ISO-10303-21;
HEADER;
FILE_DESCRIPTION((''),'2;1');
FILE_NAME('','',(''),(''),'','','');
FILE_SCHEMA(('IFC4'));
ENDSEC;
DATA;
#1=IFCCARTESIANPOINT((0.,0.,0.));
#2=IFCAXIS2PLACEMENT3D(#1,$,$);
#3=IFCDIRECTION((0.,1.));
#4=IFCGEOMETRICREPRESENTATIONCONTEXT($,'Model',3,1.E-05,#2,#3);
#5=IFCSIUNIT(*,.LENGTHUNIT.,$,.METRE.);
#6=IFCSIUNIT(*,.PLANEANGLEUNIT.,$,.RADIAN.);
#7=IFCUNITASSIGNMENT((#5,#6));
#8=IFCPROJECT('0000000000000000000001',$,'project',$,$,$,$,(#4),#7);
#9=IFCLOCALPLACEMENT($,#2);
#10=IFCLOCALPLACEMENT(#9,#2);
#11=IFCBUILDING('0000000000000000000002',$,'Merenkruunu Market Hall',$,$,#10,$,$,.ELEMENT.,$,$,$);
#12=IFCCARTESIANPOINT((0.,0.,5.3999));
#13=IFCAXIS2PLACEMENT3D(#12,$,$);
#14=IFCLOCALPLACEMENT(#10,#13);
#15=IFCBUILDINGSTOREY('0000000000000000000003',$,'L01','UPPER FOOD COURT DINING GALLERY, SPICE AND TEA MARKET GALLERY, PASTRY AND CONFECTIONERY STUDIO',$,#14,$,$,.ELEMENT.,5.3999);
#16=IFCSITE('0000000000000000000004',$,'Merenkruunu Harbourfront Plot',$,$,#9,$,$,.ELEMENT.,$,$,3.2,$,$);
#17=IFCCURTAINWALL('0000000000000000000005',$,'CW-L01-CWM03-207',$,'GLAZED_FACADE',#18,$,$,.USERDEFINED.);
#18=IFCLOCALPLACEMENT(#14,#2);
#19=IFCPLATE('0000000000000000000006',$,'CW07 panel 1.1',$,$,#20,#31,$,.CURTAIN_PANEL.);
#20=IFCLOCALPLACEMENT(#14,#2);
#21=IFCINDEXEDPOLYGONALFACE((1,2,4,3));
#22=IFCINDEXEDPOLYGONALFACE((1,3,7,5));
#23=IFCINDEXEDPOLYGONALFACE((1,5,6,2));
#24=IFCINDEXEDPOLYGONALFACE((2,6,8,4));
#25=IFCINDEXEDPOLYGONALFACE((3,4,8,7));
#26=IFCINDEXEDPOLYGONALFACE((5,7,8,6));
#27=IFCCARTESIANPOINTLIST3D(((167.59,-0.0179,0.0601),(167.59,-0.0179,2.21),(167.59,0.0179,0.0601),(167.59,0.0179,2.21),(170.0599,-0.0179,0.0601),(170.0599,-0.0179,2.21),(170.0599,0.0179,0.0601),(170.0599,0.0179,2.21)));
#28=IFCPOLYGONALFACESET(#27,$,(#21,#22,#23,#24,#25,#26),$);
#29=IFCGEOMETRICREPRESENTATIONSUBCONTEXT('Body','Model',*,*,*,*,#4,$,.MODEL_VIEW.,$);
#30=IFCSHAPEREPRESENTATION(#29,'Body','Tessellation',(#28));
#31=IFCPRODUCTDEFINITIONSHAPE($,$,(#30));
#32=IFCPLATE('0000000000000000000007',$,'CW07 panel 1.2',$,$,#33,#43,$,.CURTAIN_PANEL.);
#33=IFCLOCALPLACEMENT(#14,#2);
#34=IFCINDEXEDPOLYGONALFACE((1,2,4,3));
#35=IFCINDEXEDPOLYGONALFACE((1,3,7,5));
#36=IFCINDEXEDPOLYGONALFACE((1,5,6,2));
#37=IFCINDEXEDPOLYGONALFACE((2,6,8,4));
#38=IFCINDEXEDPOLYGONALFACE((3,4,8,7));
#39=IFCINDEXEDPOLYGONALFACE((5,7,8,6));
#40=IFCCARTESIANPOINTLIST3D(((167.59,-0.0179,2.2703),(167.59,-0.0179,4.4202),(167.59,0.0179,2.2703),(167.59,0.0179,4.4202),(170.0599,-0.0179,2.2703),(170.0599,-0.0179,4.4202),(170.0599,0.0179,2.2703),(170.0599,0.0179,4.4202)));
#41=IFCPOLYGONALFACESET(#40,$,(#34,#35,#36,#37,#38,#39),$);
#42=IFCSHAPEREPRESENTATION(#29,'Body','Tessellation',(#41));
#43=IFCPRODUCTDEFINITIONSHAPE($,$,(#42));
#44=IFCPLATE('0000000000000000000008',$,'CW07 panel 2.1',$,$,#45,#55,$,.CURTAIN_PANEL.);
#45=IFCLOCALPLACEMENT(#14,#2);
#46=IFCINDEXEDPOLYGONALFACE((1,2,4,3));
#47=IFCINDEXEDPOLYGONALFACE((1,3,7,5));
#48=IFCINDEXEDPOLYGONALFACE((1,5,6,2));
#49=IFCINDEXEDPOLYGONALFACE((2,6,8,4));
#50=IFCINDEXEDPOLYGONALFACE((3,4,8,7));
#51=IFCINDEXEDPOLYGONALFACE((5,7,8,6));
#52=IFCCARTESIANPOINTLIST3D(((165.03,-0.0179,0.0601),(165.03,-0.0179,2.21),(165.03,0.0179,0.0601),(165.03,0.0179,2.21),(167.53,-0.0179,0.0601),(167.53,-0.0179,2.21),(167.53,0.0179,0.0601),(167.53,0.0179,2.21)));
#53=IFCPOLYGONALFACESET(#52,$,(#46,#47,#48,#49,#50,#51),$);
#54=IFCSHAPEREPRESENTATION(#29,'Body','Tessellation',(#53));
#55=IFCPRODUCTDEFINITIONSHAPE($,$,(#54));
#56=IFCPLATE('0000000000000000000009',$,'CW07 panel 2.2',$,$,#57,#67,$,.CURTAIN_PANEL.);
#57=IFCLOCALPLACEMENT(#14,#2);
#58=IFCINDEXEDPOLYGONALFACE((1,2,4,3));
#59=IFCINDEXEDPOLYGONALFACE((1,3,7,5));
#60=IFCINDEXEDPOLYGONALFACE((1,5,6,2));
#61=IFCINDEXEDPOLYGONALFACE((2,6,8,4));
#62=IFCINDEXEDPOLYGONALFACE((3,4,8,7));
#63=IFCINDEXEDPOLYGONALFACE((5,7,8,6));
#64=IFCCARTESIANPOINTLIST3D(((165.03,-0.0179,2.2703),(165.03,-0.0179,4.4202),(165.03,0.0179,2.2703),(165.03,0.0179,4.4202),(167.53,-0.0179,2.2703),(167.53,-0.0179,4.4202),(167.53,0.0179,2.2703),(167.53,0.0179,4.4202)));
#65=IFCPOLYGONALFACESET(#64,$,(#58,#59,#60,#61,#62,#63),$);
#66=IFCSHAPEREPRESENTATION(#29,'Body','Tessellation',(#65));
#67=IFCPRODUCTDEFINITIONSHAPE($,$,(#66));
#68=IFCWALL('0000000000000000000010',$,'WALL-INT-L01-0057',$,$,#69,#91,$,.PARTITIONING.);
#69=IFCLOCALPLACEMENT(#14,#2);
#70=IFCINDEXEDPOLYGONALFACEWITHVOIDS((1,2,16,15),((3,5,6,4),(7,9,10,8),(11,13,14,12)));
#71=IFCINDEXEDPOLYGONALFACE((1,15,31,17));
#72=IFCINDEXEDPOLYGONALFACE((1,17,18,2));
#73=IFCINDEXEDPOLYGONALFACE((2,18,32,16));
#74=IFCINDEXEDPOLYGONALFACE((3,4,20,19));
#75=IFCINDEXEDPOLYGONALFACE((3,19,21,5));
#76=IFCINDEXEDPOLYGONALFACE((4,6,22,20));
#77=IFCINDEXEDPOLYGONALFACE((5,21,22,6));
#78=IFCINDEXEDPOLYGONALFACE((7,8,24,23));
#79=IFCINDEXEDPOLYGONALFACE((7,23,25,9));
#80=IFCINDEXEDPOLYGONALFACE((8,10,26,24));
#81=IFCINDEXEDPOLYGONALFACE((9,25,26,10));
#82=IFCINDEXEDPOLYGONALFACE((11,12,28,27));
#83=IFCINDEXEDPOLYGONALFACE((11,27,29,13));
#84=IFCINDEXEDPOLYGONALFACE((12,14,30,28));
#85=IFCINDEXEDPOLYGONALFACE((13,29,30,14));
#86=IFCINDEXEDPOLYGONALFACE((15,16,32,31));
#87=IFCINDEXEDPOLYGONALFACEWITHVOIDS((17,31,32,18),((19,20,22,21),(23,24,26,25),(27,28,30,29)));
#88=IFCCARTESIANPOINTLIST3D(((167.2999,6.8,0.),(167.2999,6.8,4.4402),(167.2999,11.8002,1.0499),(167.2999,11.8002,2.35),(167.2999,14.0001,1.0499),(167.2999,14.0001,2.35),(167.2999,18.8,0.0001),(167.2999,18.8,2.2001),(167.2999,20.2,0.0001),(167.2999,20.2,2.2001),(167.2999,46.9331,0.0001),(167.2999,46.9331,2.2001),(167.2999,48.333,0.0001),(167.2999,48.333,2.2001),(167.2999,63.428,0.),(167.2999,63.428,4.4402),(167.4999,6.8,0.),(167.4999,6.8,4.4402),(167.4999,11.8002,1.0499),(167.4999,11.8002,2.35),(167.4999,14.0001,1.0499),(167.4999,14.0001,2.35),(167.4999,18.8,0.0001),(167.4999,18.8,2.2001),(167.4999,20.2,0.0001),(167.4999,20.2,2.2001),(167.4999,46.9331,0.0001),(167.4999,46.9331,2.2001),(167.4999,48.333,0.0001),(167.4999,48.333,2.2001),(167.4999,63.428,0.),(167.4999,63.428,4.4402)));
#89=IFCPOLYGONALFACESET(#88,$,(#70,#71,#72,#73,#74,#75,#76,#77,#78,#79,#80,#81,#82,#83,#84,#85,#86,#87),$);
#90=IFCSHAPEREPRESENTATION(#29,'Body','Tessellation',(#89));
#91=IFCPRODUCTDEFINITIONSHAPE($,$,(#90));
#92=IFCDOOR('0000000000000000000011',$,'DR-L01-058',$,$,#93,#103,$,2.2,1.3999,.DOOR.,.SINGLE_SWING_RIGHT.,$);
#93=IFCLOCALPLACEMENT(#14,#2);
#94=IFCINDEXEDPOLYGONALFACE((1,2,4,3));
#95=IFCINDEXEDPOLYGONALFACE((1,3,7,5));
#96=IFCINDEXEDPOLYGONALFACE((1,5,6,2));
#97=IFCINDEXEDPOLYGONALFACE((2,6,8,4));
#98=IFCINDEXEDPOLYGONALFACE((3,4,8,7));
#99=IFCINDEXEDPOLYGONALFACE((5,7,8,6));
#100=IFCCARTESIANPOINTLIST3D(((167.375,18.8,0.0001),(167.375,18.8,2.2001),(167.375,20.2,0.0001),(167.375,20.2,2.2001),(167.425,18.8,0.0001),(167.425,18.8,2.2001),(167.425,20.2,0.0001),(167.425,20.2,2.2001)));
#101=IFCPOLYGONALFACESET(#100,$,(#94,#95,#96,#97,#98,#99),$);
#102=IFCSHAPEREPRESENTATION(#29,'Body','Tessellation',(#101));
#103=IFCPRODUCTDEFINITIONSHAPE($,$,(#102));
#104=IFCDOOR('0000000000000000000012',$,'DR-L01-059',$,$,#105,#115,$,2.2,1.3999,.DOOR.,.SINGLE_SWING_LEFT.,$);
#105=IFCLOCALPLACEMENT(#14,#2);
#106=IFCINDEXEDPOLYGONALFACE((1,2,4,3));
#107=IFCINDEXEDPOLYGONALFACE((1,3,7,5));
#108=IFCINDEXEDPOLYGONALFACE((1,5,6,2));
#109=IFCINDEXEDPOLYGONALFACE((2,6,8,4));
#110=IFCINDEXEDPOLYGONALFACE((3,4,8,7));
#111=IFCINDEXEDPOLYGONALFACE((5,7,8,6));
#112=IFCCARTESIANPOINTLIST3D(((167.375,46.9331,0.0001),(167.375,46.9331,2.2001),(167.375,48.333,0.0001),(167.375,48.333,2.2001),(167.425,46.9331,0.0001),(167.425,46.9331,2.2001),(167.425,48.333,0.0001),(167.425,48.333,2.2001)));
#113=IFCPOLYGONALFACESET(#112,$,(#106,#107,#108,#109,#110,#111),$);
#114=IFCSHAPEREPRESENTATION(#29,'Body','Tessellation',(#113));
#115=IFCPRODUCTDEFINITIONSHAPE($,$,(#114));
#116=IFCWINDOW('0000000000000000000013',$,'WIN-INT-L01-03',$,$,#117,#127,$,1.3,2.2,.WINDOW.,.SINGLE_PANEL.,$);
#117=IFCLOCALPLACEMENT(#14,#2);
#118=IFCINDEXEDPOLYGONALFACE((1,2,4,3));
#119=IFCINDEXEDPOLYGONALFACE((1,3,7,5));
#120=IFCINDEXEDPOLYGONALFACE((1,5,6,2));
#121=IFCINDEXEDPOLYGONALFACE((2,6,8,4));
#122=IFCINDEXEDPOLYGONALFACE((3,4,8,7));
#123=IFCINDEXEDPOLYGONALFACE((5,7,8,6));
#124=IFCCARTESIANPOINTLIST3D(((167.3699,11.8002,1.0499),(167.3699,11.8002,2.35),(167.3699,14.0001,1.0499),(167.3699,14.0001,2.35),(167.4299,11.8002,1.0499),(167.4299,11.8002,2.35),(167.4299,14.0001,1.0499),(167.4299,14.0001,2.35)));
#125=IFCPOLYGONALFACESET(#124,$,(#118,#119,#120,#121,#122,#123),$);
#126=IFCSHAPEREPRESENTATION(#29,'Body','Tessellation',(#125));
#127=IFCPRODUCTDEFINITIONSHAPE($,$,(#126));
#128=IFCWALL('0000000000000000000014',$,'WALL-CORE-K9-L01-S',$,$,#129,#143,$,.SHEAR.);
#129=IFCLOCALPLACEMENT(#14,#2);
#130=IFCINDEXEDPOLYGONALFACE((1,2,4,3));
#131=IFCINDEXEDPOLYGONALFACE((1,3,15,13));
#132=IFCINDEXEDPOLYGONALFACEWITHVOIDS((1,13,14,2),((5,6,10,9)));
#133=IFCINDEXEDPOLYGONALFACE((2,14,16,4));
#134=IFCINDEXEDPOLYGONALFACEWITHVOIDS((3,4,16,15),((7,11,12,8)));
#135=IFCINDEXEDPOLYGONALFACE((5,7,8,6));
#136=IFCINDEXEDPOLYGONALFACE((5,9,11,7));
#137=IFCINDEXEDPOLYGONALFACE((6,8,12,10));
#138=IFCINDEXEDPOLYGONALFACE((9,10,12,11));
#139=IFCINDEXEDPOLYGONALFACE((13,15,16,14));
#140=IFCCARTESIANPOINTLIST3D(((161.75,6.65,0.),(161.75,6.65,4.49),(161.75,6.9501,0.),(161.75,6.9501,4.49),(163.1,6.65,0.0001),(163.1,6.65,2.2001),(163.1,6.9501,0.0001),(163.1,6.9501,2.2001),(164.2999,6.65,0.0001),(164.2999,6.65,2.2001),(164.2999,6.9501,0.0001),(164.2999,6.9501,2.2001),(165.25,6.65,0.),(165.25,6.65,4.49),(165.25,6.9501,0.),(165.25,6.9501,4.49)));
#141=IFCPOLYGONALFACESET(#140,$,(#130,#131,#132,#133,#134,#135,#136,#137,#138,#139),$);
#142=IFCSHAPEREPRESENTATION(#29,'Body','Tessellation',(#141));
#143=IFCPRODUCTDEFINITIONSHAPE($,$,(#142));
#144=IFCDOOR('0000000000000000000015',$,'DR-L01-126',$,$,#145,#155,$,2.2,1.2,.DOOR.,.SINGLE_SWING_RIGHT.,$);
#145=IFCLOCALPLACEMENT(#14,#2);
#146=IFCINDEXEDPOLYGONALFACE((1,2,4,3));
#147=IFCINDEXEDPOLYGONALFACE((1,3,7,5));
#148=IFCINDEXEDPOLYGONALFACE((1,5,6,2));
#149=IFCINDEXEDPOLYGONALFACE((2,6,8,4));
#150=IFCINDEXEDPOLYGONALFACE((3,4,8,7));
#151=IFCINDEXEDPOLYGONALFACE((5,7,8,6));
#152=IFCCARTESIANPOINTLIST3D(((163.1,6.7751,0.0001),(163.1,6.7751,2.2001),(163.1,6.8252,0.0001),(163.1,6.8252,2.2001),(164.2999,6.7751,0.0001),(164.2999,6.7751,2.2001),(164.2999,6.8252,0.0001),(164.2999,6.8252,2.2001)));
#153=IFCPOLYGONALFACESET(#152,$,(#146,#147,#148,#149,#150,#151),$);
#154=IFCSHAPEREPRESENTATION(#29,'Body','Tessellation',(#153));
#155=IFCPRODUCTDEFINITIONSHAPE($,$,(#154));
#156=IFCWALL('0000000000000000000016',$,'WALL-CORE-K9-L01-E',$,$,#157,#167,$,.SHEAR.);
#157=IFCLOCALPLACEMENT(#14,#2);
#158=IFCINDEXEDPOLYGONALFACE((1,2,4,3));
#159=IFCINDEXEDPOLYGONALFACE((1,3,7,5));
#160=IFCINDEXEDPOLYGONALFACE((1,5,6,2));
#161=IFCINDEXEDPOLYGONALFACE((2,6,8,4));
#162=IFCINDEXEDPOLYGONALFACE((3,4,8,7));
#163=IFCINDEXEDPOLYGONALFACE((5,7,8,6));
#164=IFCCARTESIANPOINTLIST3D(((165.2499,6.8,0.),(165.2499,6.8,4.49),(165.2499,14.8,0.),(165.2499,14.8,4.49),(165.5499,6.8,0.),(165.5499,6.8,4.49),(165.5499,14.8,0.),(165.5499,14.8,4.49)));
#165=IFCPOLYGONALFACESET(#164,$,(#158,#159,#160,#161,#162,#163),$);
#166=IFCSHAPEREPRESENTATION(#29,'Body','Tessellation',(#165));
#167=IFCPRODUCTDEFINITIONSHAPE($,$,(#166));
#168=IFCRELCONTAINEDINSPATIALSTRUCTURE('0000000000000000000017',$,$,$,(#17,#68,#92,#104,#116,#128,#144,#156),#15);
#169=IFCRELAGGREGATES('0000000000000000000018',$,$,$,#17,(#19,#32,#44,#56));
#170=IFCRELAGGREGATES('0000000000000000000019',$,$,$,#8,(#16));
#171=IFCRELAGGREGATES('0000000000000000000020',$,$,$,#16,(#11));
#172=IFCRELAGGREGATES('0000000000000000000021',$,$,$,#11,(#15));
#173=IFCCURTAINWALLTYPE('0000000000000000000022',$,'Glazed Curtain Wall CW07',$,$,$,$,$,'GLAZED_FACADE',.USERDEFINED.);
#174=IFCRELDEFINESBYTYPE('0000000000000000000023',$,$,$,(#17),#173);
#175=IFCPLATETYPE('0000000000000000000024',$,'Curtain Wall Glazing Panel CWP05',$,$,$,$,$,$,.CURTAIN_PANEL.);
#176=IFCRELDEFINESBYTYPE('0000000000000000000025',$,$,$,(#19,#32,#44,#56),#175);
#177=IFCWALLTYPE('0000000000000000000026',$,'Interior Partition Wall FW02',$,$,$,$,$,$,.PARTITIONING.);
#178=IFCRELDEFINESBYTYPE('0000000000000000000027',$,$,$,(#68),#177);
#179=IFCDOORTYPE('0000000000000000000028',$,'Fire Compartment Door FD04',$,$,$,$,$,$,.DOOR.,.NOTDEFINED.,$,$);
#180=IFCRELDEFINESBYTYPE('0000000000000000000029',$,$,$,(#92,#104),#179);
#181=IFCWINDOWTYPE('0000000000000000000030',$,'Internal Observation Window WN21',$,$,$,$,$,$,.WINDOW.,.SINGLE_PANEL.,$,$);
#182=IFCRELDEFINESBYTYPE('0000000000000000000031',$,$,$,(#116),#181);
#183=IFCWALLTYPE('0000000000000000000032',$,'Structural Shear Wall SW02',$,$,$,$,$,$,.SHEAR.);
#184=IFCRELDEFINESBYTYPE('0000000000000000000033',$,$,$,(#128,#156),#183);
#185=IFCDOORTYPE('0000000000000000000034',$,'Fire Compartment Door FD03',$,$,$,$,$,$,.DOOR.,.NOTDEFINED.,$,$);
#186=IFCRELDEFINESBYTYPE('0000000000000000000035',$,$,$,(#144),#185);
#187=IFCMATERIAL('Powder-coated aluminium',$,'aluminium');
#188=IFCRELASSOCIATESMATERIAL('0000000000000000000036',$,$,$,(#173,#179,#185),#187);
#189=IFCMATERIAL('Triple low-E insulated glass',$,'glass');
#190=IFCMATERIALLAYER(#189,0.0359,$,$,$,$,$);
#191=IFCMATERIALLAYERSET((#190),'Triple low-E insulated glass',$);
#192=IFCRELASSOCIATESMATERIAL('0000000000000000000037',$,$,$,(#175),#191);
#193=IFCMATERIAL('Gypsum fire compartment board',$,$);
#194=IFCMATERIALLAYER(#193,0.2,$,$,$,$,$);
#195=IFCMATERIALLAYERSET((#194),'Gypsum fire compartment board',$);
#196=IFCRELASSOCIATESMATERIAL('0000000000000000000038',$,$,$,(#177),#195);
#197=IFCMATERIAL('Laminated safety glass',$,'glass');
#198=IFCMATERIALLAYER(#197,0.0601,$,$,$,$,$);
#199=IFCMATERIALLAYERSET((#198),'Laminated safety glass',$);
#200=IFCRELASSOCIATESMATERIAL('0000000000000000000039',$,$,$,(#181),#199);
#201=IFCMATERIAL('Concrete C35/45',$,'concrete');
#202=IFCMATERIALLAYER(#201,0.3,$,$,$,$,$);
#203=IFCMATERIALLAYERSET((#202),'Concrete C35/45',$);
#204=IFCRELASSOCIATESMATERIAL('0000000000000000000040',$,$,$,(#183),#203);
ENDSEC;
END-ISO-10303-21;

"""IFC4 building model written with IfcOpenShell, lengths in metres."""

from ifc_helpers import new_model, si_unit, direction, frame, frame_2d, origin, origin_2d, place, context, subcontext, project, spatial, rectangle, extrude, material, layer, layer_set, type_object, element, fill, aggregate, save


model = new_model("IFC4")

# Units and contexts
model_context = context("Model", 3, precision=1e-05, world=origin(), true_north=direction((0.0, 1.0)))
body_context = subcontext(model_context, "Body", "Model", "MODEL_VIEW")
ifc_project = project(units=[si_unit("LENGTHUNIT", "METRE"), si_unit("PLANEANGLEUNIT", "RADIAN")], contexts=[model_context])

# Site, building, storey
site_placement = place(None, origin())
site = spatial("IfcSite", under=ifc_project, at=site_placement, Name="Merenkruunu Harbourfront Plot", CompositionType="ELEMENT", RefElevation=3.2)
building_placement = place(site_placement, origin())
building = spatial("IfcBuilding", under=site, at=building_placement, Name="Merenkruunu Market Hall", CompositionType="ELEMENT")
storey_placement = place(building_placement, frame((0.0, 0.0, 5.3999)))
storey = spatial("IfcBuildingStorey", under=building, at=storey_placement, Name="L01", Description="UPPER FOOD COURT DINING GALLERY, SPICE AND TEA MARKET GALLERY, PASTRY AND CONFECTIONERY STUDIO", CompositionType="ELEMENT", Elevation=5.3999)

# Curtain wall, plates
ifc_material_1 = material(Name="Powder-coated aluminium", Category="aluminium")
curtain_wall_type = type_object("IfcCurtainWallType", Name="Glazed Curtain Wall CW07", ElementType="GLAZED_FACADE", PredefinedType="USERDEFINED", material=ifc_material_1)
curtain_wall_placement = place(storey_placement, origin())
curtain_wall = element("IfcCurtainWall", 1, at=curtain_wall_placement, inside=storey, type_object=curtain_wall_type, Name="CW-L01-CWM03-207", ObjectType="GLAZED_FACADE", PredefinedType="USERDEFINED")
ifc_material_2 = material(Name="Triple low-E insulated glass", Category="glass")
ifc_layer_1 = layer(ifc_material_2, 0.0359)
ifc_layer_set_1 = layer_set([ifc_layer_1], Name="Triple low-E insulated glass")
plate_type = type_object("IfcPlateType", Name="Curtain Wall Glazing Panel CWP05", PredefinedType="CURTAIN_PANEL", material=ifc_layer_set_1)
plate_1_placement = place(storey_placement, frame((168.825, 0.0, 0.0601), z_axis=(0.0, 0.0, 1.0), x_axis=(-1.0, 0.0, 0.0)))
plate_1 = element("IfcPlate", 2, at=plate_1_placement, type_object=plate_type, Name="CW07 panel 1.1", PredefinedType="CURTAIN_PANEL", context=body_context, shape_type="SweptSolid", body=[
    extrude(rectangle(XDim=2.47, YDim=0.0359, at=origin_2d()), origin(), (0.0, 0.0, 1.0), 2.1499),
])
plate_2_placement = place(storey_placement, frame((168.825, 0.0, 2.2703), z_axis=(0.0, 0.0, 1.0), x_axis=(-1.0, 0.0, 0.0)))
plate_2 = element("IfcPlate", 3, at=plate_2_placement, type_object=plate_type, Name="CW07 panel 1.2", PredefinedType="CURTAIN_PANEL", context=body_context, shape_type="SweptSolid", body=[
    extrude(rectangle(XDim=2.47, YDim=0.0359, at=origin_2d()), origin(), (0.0, 0.0, 1.0), 2.1499),
])
plate_3_placement = place(storey_placement, frame((166.28, 0.0, 0.0601), z_axis=(0.0, 0.0, 1.0), x_axis=(-1.0, 0.0, 0.0)))
plate_3 = element("IfcPlate", 4, at=plate_3_placement, type_object=plate_type, Name="CW07 panel 2.1", PredefinedType="CURTAIN_PANEL", context=body_context, shape_type="SweptSolid", body=[
    extrude(rectangle(XDim=2.5, YDim=0.0359, at=origin_2d()), origin(), (0.0, 0.0, 1.0), 2.1499),
])
plate_4_placement = place(storey_placement, frame((166.28, 0.0, 2.2703), z_axis=(0.0, 0.0, 1.0), x_axis=(-1.0, 0.0, 0.0)))
plate_4 = element("IfcPlate", 5, at=plate_4_placement, type_object=plate_type, Name="CW07 panel 2.2", PredefinedType="CURTAIN_PANEL", context=body_context, shape_type="SweptSolid", body=[
    extrude(rectangle(XDim=2.5, YDim=0.0359, at=origin_2d()), origin(), (0.0, 0.0, 1.0), 2.1499),
])
aggregate(curtain_wall, [plate_1, plate_2, plate_3, plate_4])

# Wall, openings, doors, window
ifc_material_3 = material(Name="Gypsum fire compartment board")
ifc_layer_2 = layer(ifc_material_3, 0.2)
ifc_layer_set_2 = layer_set([ifc_layer_2], Name="Gypsum fire compartment board")
wall_type_1 = type_object("IfcWallType", Name="Interior Partition Wall FW02", PredefinedType="PARTITIONING", material=ifc_layer_set_2)
wall_1_placement = place(storey_placement, frame((167.3999, 6.8, 0.0), z_axis=(0.0, 0.0, 1.0), x_axis=(0.0, 1.0, 0.0)))
wall_1 = element("IfcWall", 6, at=wall_1_placement, inside=storey, type_object=wall_type_1, Name="WALL-INT-L01-0057", PredefinedType="PARTITIONING", context=body_context, shape_type="SweptSolid", body=[
    extrude(rectangle(XDim=56.6279, YDim=0.2, at=frame_2d((28.314, 0.0))), origin(), (0.0, 0.0, 1.0), 4.4402),
])
opening_1_placement = place(wall_1_placement, frame((12.0, 0.0, 0.0)))
opening_1 = element("IfcOpeningElement", 7, at=opening_1_placement, cuts=wall_1, PredefinedType="OPENING", context=body_context, shape_type="SweptSolid", body=[
    extrude(rectangle(XDim=1.3999, YDim=2.2, at=frame_2d((0.7, 1.1001))), frame((0.0, 0.1099, 0.0), z_axis=(0.0, -1.0, 0.0), x_axis=(1.0, 0.0, 0.0)), (0.0, 0.0, 1.0), 0.22),
])
opening_2_placement = place(wall_1_placement, frame((40.1331, 0.0, 0.0)))
opening_2 = element("IfcOpeningElement", 8, at=opening_2_placement, cuts=wall_1, PredefinedType="OPENING", context=body_context, shape_type="SweptSolid", body=[
    extrude(rectangle(XDim=1.3999, YDim=2.2, at=frame_2d((0.7, 1.1001))), frame((0.0, 0.1099, 0.0), z_axis=(0.0, -1.0, 0.0), x_axis=(1.0, 0.0, 0.0)), (0.0, 0.0, 1.0), 0.22),
])
opening_3_placement = place(wall_1_placement, frame((5.0, 0.0, 1.05)))
opening_3 = element("IfcOpeningElement", 9, at=opening_3_placement, cuts=wall_1, PredefinedType="OPENING", context=body_context, shape_type="SweptSolid", body=[
    extrude(rectangle(XDim=2.2, YDim=1.3, at=frame_2d((1.1001, 0.6499))), frame((0.0, 0.1099, 0.0), z_axis=(0.0, -1.0, 0.0), x_axis=(1.0, 0.0, 0.0)), (0.0, 0.0, 1.0), 0.22),
])
door_type_1 = type_object("IfcDoorType", Name="Fire Compartment Door FD04", OperationType="NOTDEFINED", PredefinedType="DOOR", material=ifc_material_1)
door_1_placement = place(opening_1_placement, origin())
door_1 = element("IfcDoor", 10, at=door_1_placement, inside=storey, type_object=door_type_1, Name="DR-L01-058", OperationType="SINGLE_SWING_RIGHT", OverallHeight=2.2, OverallWidth=1.3999, PredefinedType="DOOR", context=body_context, shape_type="SweptSolid", body=[
    extrude(rectangle(XDim=1.3999, YDim=2.2, at=frame_2d((0.7, 1.1001))), frame((0.0, 0.0249, 0.0), z_axis=(0.0, -1.0, 0.0), x_axis=(1.0, 0.0, 0.0)), (0.0, 0.0, 1.0), 0.05),
])
fill(opening_1, door_1)
door_2_placement = place(opening_2_placement, origin())
door_2 = element("IfcDoor", 11, at=door_2_placement, inside=storey, type_object=door_type_1, Name="DR-L01-059", OperationType="SINGLE_SWING_LEFT", OverallHeight=2.2, OverallWidth=1.3999, PredefinedType="DOOR", context=body_context, shape_type="SweptSolid", body=[
    extrude(rectangle(XDim=1.3999, YDim=2.2, at=frame_2d((0.7, 1.1001))), frame((0.0, 0.0249, 0.0), z_axis=(0.0, -1.0, 0.0), x_axis=(1.0, 0.0, 0.0)), (0.0, 0.0, 1.0), 0.05),
])
fill(opening_2, door_2)
ifc_material_4 = material(Name="Laminated safety glass", Category="glass")
ifc_layer_3 = layer(ifc_material_4, 0.0601)
ifc_layer_set_3 = layer_set([ifc_layer_3], Name="Laminated safety glass")
window_type = type_object("IfcWindowType", Name="Internal Observation Window WN21", PartitioningType="SINGLE_PANEL", PredefinedType="WINDOW", material=ifc_layer_set_3)
window_placement = place(opening_3_placement, origin())
window = element("IfcWindow", 12, at=window_placement, inside=storey, type_object=window_type, Name="WIN-INT-L01-03", OverallHeight=1.3, OverallWidth=2.2, PartitioningType="SINGLE_PANEL", PredefinedType="WINDOW", context=body_context, shape_type="SweptSolid", body=[
    extrude(rectangle(XDim=2.2, YDim=1.3, at=frame_2d((1.1001, 0.6499))), frame((0.0, 0.03, 0.0), z_axis=(0.0, -1.0, 0.0), x_axis=(1.0, 0.0, 0.0)), (0.0, 0.0, 1.0), 0.0601),
])
fill(opening_3, window)

# Wall, opening, door
ifc_material_5 = material(Name="Concrete C35/45", Category="concrete")
ifc_layer_4 = layer(ifc_material_5, 0.3)
ifc_layer_set_4 = layer_set([ifc_layer_4], Name="Concrete C35/45")
wall_type_2 = type_object("IfcWallType", Name="Structural Shear Wall SW02", PredefinedType="SHEAR", material=ifc_layer_set_4)
wall_2_placement = place(storey_placement, frame((165.25, 6.8, 0.0), z_axis=(0.0, 0.0, 1.0), x_axis=(-1.0, 0.0, 0.0)))
wall_2 = element("IfcWall", 13, at=wall_2_placement, inside=storey, type_object=wall_type_2, Name="WALL-CORE-K9-L01-S", PredefinedType="SHEAR", context=body_context, shape_type="SweptSolid", body=[
    extrude(rectangle(XDim=3.5, YDim=0.3, at=frame_2d((1.75, 0.0))), origin(), (0.0, 0.0, 1.0), 4.49),
])
opening_4_placement = place(wall_2_placement, frame((0.95, 0.0, 0.0)))
opening_4 = element("IfcOpeningElement", 14, at=opening_4_placement, cuts=wall_2, PredefinedType="OPENING", context=body_context, shape_type="SweptSolid", body=[
    extrude(rectangle(XDim=1.2, YDim=2.2, at=frame_2d((0.6001, 1.1001))), frame((0.0, 0.1602, 0.0), z_axis=(0.0, -1.0, 0.0), x_axis=(1.0, 0.0, 0.0)), (0.0, 0.0, 1.0), 0.3201),
])
door_type_2 = type_object("IfcDoorType", Name="Fire Compartment Door FD03", OperationType="NOTDEFINED", PredefinedType="DOOR", material=ifc_material_1)
door_3_placement = place(opening_4_placement, origin())
door_3 = element("IfcDoor", 15, at=door_3_placement, inside=storey, type_object=door_type_2, Name="DR-L01-126", OperationType="SINGLE_SWING_RIGHT", OverallHeight=2.2, OverallWidth=1.2, PredefinedType="DOOR", context=body_context, shape_type="SweptSolid", body=[
    extrude(rectangle(XDim=1.2, YDim=2.2, at=frame_2d((0.6001, 1.1001))), frame((0.0, 0.0249, 0.0), z_axis=(0.0, -1.0, 0.0), x_axis=(1.0, 0.0, 0.0)), (0.0, 0.0, 1.0), 0.05),
])
fill(opening_4, door_3)

# Wall
wall_3_placement = place(storey_placement, frame((165.3999, 6.8, 0.0), z_axis=(0.0, 0.0, 1.0), x_axis=(0.0, 1.0, 0.0)))
element("IfcWall", 16, at=wall_3_placement, inside=storey, type_object=wall_type_2, Name="WALL-CORE-K9-L01-E", PredefinedType="SHEAR", context=body_context, shape_type="SweptSolid", body=[
    extrude(rectangle(XDim=8.0, YDim=0.3, at=frame_2d((4.0, 0.0))), origin(), (0.0, 0.0, 1.0), 4.49),
])

save(model, "model.ifc")
